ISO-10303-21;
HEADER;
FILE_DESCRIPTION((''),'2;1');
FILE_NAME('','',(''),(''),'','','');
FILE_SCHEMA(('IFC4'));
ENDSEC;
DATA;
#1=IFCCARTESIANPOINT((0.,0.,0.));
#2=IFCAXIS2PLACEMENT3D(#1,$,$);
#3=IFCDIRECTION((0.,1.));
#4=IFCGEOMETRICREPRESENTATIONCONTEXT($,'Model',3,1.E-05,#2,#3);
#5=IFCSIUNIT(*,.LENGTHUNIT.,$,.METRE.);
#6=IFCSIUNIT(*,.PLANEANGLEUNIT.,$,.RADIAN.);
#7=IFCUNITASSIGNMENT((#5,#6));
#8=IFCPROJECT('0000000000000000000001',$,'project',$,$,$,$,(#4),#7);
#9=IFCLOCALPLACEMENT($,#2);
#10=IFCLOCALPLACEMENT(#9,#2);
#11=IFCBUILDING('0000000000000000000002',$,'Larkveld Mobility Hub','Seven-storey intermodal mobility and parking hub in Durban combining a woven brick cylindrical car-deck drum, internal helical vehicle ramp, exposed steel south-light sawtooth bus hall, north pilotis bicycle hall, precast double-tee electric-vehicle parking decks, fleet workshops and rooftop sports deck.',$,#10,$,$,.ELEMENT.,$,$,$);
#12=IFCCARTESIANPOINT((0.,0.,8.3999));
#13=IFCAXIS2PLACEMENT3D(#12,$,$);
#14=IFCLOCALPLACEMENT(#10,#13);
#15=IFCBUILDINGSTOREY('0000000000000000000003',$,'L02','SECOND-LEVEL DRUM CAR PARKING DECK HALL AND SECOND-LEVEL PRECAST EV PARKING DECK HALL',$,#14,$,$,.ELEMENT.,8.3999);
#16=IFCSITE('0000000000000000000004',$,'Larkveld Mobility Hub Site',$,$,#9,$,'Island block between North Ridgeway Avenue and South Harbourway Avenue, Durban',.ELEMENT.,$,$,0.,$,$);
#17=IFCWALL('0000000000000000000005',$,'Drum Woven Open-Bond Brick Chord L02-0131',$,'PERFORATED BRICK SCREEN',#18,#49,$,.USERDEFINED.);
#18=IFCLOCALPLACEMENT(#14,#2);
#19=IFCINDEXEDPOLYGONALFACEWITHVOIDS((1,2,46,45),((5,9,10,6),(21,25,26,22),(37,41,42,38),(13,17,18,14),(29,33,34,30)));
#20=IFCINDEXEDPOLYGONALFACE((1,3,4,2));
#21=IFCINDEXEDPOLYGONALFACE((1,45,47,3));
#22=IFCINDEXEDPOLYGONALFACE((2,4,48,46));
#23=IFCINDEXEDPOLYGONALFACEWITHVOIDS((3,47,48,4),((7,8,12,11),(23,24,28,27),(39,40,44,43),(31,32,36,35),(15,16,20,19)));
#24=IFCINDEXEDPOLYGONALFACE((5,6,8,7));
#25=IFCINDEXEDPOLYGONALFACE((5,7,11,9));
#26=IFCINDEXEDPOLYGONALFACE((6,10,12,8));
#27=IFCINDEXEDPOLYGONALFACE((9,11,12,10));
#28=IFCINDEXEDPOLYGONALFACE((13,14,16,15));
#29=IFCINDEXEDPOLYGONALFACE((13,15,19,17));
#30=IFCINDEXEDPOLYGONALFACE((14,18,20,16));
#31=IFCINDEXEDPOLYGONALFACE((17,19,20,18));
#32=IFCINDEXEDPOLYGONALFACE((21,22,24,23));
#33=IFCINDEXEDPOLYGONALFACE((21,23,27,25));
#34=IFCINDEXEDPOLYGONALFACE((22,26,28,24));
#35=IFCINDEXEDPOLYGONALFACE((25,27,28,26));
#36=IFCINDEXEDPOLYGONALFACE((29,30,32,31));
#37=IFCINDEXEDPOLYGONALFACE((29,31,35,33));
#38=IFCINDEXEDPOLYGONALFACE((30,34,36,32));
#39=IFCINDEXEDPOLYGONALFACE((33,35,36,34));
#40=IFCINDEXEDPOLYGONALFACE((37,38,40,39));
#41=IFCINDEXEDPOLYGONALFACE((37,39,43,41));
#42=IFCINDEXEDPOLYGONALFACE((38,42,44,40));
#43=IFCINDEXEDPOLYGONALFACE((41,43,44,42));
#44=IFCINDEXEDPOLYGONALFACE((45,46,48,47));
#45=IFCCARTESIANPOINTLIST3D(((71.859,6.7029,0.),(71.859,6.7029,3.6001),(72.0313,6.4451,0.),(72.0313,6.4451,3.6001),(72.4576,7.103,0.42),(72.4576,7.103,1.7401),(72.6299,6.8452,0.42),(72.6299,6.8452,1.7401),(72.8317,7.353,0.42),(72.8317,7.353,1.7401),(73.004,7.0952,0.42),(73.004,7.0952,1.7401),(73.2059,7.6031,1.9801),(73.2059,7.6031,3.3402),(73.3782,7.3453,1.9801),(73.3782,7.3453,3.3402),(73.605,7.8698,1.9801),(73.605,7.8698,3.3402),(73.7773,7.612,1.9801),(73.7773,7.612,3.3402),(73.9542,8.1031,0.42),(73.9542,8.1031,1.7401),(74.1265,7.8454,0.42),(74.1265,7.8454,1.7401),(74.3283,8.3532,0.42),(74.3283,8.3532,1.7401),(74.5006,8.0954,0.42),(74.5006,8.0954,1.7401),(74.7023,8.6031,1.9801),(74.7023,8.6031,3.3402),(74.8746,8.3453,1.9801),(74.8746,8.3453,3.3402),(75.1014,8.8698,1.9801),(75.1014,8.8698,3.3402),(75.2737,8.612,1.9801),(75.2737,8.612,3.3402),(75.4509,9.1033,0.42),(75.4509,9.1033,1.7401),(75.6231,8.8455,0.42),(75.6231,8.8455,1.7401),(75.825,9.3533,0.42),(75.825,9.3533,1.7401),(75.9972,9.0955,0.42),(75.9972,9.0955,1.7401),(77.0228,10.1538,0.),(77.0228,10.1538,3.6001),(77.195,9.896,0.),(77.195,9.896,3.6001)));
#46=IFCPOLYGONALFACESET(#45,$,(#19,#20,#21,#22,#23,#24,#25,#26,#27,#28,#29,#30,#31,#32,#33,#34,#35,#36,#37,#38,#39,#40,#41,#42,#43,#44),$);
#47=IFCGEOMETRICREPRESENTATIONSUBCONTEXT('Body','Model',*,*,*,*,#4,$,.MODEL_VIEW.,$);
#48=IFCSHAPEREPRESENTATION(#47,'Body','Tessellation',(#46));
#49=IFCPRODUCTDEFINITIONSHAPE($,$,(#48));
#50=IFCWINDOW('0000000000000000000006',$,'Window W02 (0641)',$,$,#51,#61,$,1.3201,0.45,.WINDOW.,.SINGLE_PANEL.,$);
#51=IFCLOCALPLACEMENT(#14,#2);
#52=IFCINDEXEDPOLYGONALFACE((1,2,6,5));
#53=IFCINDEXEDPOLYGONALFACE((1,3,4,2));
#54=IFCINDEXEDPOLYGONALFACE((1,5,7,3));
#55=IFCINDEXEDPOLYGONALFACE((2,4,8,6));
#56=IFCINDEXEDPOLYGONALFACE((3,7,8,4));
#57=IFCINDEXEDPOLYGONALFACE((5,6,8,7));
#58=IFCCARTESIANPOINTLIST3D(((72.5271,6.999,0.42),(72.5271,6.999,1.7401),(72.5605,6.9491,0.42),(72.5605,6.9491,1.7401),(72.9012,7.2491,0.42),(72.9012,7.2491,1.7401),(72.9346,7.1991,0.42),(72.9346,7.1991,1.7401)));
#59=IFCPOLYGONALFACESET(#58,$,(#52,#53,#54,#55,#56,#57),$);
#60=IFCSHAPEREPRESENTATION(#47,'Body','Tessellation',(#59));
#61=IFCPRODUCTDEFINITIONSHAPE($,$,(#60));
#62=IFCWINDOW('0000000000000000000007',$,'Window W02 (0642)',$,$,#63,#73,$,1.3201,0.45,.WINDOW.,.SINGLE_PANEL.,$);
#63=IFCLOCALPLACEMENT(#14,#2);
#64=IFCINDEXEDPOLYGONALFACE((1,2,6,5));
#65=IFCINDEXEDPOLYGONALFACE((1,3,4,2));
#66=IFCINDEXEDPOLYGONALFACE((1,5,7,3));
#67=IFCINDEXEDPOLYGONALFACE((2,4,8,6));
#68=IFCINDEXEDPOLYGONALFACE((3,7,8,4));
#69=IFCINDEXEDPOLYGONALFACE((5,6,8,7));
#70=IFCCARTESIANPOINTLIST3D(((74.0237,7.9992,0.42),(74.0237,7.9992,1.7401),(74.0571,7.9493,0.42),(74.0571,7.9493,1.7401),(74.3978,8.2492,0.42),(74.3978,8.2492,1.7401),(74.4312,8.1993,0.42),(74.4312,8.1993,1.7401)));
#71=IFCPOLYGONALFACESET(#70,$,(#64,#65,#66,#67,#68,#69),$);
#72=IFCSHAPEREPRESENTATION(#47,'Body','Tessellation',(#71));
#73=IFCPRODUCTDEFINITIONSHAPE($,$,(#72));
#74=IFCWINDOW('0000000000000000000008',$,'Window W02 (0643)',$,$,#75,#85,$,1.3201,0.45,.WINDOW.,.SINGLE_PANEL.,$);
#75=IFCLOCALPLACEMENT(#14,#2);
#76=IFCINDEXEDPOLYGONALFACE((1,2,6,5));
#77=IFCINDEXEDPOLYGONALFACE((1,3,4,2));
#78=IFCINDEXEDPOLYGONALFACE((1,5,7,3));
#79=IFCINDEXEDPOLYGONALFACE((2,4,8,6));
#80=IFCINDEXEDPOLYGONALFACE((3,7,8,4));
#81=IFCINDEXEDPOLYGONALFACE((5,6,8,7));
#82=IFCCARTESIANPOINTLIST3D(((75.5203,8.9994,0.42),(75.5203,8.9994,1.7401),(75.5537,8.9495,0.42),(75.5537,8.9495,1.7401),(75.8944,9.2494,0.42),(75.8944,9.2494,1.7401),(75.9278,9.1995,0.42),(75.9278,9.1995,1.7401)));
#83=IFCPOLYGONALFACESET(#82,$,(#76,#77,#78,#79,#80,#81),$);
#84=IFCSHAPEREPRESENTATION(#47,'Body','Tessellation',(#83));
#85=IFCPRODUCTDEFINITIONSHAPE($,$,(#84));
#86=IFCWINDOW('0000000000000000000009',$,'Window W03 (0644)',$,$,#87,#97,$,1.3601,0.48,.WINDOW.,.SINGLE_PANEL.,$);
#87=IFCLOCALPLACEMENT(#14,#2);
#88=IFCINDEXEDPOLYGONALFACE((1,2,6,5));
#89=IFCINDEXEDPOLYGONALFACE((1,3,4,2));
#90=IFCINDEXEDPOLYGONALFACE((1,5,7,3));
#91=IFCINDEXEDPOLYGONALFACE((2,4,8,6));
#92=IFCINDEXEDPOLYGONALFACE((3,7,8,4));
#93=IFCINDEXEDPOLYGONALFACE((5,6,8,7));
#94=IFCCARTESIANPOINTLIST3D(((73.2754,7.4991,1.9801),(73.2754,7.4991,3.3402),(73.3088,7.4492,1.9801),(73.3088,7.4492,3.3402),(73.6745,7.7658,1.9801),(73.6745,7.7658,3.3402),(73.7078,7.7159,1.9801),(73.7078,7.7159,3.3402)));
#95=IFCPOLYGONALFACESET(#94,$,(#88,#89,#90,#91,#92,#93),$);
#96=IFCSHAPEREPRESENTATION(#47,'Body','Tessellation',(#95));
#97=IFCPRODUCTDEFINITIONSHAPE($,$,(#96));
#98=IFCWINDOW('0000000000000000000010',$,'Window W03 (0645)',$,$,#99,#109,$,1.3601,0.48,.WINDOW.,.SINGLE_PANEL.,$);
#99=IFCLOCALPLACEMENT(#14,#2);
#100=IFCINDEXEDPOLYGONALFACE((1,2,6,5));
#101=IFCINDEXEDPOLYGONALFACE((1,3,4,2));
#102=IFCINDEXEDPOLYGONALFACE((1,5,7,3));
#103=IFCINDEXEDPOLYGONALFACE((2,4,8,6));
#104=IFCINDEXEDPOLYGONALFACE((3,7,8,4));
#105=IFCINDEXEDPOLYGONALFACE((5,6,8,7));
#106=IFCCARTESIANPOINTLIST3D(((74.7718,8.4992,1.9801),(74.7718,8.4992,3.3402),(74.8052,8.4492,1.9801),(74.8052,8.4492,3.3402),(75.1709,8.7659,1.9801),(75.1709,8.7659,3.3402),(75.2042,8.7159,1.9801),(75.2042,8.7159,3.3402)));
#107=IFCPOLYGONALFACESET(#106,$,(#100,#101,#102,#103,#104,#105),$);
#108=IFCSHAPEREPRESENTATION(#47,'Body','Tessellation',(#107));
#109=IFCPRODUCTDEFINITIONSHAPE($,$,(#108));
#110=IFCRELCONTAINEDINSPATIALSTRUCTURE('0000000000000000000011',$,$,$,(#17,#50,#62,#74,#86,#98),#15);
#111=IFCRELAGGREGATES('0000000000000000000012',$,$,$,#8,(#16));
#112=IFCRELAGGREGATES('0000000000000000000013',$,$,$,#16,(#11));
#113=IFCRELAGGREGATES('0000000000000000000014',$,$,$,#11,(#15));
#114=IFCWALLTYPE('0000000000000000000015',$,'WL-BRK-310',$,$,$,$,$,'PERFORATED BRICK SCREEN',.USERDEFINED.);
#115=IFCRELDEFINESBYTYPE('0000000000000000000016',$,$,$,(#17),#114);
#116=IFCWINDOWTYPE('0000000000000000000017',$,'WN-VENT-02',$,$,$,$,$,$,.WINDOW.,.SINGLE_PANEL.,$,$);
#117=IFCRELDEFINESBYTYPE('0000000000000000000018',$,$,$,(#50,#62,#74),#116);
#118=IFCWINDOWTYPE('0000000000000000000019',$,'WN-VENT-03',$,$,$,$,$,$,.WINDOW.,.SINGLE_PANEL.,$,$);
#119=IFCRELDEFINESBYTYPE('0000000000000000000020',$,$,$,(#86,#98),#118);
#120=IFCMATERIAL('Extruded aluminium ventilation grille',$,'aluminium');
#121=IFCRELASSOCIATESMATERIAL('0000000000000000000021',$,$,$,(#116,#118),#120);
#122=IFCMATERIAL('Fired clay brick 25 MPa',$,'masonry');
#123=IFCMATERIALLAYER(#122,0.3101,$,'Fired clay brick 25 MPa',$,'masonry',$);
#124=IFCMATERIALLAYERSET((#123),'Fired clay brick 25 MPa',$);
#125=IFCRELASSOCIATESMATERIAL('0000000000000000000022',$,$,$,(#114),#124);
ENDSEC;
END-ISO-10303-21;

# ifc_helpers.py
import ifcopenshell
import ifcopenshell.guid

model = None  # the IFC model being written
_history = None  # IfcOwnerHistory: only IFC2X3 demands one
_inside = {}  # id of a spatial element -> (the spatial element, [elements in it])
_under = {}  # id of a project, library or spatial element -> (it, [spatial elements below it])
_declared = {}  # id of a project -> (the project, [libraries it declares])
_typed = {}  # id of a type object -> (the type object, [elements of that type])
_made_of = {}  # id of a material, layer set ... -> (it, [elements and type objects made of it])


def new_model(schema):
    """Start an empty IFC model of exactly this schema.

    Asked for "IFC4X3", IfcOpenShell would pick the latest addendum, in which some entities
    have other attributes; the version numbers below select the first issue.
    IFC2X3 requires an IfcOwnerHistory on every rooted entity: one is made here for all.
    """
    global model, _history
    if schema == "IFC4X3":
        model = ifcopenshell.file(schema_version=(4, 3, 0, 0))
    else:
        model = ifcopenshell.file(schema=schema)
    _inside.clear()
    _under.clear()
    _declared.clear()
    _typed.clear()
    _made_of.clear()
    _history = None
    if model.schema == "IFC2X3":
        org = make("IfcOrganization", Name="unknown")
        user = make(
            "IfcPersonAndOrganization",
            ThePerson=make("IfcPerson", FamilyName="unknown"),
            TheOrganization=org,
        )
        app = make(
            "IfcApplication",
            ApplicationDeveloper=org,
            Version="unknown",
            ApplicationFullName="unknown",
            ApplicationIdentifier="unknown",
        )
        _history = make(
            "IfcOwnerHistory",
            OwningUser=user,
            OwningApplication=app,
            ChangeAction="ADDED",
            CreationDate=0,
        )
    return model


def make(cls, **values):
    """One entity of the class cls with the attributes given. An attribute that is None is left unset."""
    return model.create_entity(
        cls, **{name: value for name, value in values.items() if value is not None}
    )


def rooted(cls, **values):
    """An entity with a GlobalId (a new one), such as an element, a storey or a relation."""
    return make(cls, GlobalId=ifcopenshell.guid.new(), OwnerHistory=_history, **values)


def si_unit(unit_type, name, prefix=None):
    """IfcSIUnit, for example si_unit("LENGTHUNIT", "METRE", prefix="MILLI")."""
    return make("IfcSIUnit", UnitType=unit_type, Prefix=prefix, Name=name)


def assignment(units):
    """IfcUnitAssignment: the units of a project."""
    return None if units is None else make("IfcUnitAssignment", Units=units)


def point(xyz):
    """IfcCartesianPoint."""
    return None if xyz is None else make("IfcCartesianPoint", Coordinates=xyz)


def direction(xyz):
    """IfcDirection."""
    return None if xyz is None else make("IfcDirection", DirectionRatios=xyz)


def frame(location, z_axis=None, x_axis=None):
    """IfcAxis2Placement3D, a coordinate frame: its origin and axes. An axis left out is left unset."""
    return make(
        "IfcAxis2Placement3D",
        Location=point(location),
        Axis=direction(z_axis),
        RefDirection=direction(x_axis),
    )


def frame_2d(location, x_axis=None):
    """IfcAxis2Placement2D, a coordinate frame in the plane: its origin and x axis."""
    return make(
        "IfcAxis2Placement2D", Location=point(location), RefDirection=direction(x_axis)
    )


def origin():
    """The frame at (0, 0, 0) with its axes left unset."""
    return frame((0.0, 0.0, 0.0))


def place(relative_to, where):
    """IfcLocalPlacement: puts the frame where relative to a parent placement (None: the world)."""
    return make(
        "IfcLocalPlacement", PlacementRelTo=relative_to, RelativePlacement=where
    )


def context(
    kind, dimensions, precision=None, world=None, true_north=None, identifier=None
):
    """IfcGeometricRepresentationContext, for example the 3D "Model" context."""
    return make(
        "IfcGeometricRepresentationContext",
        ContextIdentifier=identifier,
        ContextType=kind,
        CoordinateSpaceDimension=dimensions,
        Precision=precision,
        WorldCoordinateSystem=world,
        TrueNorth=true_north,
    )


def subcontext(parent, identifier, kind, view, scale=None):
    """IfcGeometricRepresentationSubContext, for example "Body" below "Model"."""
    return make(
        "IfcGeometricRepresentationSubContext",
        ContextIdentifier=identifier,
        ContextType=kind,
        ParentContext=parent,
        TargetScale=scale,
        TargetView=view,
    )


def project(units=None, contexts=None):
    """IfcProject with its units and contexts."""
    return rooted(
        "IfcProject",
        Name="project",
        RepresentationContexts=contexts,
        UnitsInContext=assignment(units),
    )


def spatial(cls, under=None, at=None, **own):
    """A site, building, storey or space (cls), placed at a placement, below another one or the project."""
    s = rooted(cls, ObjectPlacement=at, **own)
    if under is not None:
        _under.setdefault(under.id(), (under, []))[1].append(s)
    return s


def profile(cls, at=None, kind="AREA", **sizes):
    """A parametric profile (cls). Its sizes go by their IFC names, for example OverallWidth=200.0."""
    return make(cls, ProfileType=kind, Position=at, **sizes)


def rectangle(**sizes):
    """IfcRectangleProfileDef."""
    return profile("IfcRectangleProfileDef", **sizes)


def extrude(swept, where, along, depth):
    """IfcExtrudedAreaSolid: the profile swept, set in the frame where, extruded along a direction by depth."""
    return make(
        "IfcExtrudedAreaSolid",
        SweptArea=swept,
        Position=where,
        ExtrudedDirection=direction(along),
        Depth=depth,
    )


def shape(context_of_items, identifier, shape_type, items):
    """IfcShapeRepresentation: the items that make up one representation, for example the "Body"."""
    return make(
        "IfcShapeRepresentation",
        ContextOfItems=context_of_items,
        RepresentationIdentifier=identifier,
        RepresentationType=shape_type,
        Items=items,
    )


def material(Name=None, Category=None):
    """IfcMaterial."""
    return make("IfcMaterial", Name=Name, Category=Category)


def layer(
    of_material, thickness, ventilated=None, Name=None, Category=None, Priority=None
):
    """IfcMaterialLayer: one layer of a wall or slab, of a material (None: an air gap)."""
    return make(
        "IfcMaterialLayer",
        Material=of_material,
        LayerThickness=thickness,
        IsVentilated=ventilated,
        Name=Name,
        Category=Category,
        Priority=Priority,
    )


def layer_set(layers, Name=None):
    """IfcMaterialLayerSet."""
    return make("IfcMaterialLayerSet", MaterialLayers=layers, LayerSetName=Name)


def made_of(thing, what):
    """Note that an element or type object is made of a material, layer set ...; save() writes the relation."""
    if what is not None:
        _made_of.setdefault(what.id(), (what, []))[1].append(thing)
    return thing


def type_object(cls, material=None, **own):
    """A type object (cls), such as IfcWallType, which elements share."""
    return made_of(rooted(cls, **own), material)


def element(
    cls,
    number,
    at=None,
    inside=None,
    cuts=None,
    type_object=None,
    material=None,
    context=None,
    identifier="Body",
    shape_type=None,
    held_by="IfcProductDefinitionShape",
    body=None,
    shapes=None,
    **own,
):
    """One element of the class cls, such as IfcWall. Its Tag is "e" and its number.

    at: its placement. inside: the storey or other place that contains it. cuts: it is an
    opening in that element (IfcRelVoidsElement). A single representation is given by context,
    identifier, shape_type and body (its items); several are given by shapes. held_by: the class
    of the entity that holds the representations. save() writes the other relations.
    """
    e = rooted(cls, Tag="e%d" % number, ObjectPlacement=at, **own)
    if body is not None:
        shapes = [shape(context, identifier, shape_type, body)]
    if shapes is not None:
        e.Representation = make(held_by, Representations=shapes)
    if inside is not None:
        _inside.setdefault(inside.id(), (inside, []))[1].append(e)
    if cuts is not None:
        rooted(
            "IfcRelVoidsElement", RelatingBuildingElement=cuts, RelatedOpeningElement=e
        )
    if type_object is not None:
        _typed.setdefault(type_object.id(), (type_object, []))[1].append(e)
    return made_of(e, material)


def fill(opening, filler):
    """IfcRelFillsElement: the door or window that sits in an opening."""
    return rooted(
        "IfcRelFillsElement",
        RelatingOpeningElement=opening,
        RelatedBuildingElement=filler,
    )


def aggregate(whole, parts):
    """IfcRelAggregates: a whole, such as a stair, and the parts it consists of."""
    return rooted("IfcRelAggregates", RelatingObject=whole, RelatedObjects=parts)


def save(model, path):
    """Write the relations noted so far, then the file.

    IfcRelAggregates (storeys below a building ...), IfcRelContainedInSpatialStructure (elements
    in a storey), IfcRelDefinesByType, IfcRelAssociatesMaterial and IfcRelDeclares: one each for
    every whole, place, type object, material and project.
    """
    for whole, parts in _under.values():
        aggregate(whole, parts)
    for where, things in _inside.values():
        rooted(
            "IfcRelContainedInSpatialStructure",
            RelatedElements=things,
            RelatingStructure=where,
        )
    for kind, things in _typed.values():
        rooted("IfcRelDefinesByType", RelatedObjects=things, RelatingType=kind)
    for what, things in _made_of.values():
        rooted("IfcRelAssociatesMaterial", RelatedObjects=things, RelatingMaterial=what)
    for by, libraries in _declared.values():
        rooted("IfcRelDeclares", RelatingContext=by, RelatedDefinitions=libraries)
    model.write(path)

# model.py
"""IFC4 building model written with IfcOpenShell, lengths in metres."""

from ifc_helpers import new_model, si_unit, direction, frame, frame_2d, origin, place, context, subcontext, project, spatial, rectangle, extrude, material, layer, layer_set, type_object, element, fill, save


model = new_model("IFC4")

# Units and contexts
model_context = context("Model", 3, precision=1e-05, world=origin(), true_north=direction((0.0, 1.0)))
body_context = subcontext(model_context, "Body", "Model", "MODEL_VIEW")
ifc_project = project(units=[si_unit("LENGTHUNIT", "METRE"), si_unit("PLANEANGLEUNIT", "RADIAN")], contexts=[model_context])

# Site, building, storey
site_placement = place(None, origin())
site = spatial("IfcSite", under=ifc_project, at=site_placement, Name="Larkveld Mobility Hub Site", LongName="Island block between North Ridgeway Avenue and South Harbourway Avenue, Durban", CompositionType="ELEMENT", RefElevation=0.0)
building_placement = place(site_placement, origin())
building = spatial("IfcBuilding", under=site, at=building_placement, Name="Larkveld Mobility Hub", Description="Seven-storey intermodal mobility and parking hub in Durban combining a woven brick cylindrical car-deck drum, internal helical vehicle ramp, exposed steel south-light sawtooth bus hall, north pilotis bicycle hall, precast double-tee electric-vehicle parking decks, fleet workshops and rooftop sports deck.", CompositionType="ELEMENT")
storey_placement = place(building_placement, frame((0.0, 0.0, 8.3999)))
storey = spatial("IfcBuildingStorey", under=building, at=storey_placement, Name="L02", Description="SECOND-LEVEL DRUM CAR PARKING DECK HALL AND SECOND-LEVEL PRECAST EV PARKING DECK HALL", CompositionType="ELEMENT", Elevation=8.3999)

# Wall, openings, windows
ifc_material_1 = material(Name="Fired clay brick 25 MPa", Category="masonry")
ifc_material_2 = material(Name="Extruded aluminium ventilation grille", Category="aluminium")
window_type_1 = type_object("IfcWindowType", Name="WN-VENT-02", PartitioningType="SINGLE_PANEL", PredefinedType="WINDOW", material=ifc_material_2)
ifc_layer_1 = layer(ifc_material_1, 0.3101, Name="Fired clay brick 25 MPa", Category="masonry")
ifc_layer_set_1 = layer_set([ifc_layer_1], Name="Fired clay brick 25 MPa")
wall_type_1 = type_object("IfcWallType", Name="WL-BRK-310", ElementType="PERFORATED BRICK SCREEN", PredefinedType="USERDEFINED", material=ifc_layer_set_1)
wall_1_placement = place(storey_placement, frame((71.9451, 6.574, 0.0), z_axis=(0.0, 0.0, 1.0), x_axis=(0.831427, 0.555634, 0.0)))
wall_1 = element("IfcWall", 1, at=wall_1_placement, inside=storey, type_object=wall_type_1, Name="Drum Woven Open-Bond Brick Chord L02-0131", ObjectType="PERFORATED BRICK SCREEN", PredefinedType="USERDEFINED", context=body_context, shape_type="SweptSolid", body=[
    extrude(rectangle(XDim=6.2107, YDim=0.3101, at=frame_2d((3.1055, 0.0))), origin(), (0.0, 0.0, 1.0), 3.6001),
])
opening_1_placement = place(wall_1_placement, frame((0.72, 0.0, 0.4199)))
opening_1 = element("IfcOpeningElement", 2, at=opening_1_placement, cuts=wall_1, PredefinedType="OPENING", context=body_context, shape_type="SweptSolid", body=[
    extrude(rectangle(XDim=0.45, YDim=1.3201, at=frame_2d((0.2251, 0.6602))), frame((0.0, 0.165, 0.0), z_axis=(0.0, -1.0, 0.0), x_axis=(1.0, 0.0, 0.0)), (0.0, 0.0, 1.0), 0.3301),
])
opening_2_placement = place(wall_1_placement, frame((2.52, 0.0, 0.4199)))
opening_2 = element("IfcOpeningElement", 3, at=opening_2_placement, cuts=wall_1, PredefinedType="OPENING", context=body_context, shape_type="SweptSolid", body=[
    extrude(rectangle(XDim=0.45, YDim=1.3201, at=frame_2d((0.2251, 0.6602))), frame((0.0, 0.165, 0.0), z_axis=(0.0, -1.0, 0.0), x_axis=(1.0, 0.0, 0.0)), (0.0, 0.0, 1.0), 0.3301),
])
opening_3_placement = place(wall_1_placement, frame((4.3201, 0.0, 0.4199)))
opening_3 = element("IfcOpeningElement", 4, at=opening_3_placement, cuts=wall_1, PredefinedType="OPENING", context=body_context, shape_type="SweptSolid", body=[
    extrude(rectangle(XDim=0.45, YDim=1.3201, at=frame_2d((0.2251, 0.6602))), frame((0.0, 0.165, 0.0), z_axis=(0.0, -1.0, 0.0), x_axis=(1.0, 0.0, 0.0)), (0.0, 0.0, 1.0), 0.3301),
])
opening_4_placement = place(wall_1_placement, frame((1.6201, 0.0, 1.98)))
opening_4 = element("IfcOpeningElement", 5, at=opening_4_placement, cuts=wall_1, PredefinedType="OPENING", context=body_context, shape_type="SweptSolid", body=[
    extrude(rectangle(XDim=0.48, YDim=1.3601, at=frame_2d((0.24, 0.6802))), frame((0.0, 0.165, 0.0), z_axis=(0.0, -1.0, 0.0), x_axis=(1.0, 0.0, 0.0)), (0.0, 0.0, 1.0), 0.3301),
])
opening_5_placement = place(wall_1_placement, frame((3.4199, 0.0, 1.98)))
opening_5 = element("IfcOpeningElement", 6, at=opening_5_placement, cuts=wall_1, PredefinedType="OPENING", context=body_context, shape_type="SweptSolid", body=[
    extrude(rectangle(XDim=0.48, YDim=1.3601, at=frame_2d((0.24, 0.6802))), frame((0.0, 0.165, 0.0), z_axis=(0.0, -1.0, 0.0), x_axis=(1.0, 0.0, 0.0)), (0.0, 0.0, 1.0), 0.3301),
])
window_1_placement = place(opening_1_placement, origin())
window_1 = element("IfcWindow", 7, at=window_1_placement, inside=storey, type_object=window_type_1, Name="Window W02 (0641)", OverallHeight=1.3201, OverallWidth=0.45, PartitioningType="SINGLE_PANEL", PredefinedType="WINDOW", context=body_context, shape_type="SweptSolid", body=[
    extrude(rectangle(XDim=0.45, YDim=1.3201, at=frame_2d((0.2251, 0.6602))), frame((0.0, 0.03, 0.0), z_axis=(0.0, -1.0, 0.0), x_axis=(1.0, 0.0, 0.0)), (0.0, 0.0, 1.0), 0.0601),
])
fill(opening_1, window_1)
window_2_placement = place(opening_2_placement, origin())
window_2 = element("IfcWindow", 8, at=window_2_placement, inside=storey, type_object=window_type_1, Name="Window W02 (0642)", OverallHeight=1.3201, OverallWidth=0.45, PartitioningType="SINGLE_PANEL", PredefinedType="WINDOW", context=body_context, shape_type="SweptSolid", body=[
    extrude(rectangle(XDim=0.45, YDim=1.3201, at=frame_2d((0.2251, 0.6602))), frame((0.0, 0.03, 0.0), z_axis=(0.0, -1.0, 0.0), x_axis=(1.0, 0.0, 0.0)), (0.0, 0.0, 1.0), 0.0601),
])
fill(opening_2, window_2)
window_3_placement = place(opening_3_placement, origin())
window_3 = element("IfcWindow", 9, at=window_3_placement, inside=storey, type_object=window_type_1, Name="Window W02 (0643)", OverallHeight=1.3201, OverallWidth=0.45, PartitioningType="SINGLE_PANEL", PredefinedType="WINDOW", context=body_context, shape_type="SweptSolid", body=[
    extrude(rectangle(XDim=0.45, YDim=1.3201, at=frame_2d((0.2251, 0.6602))), frame((0.0, 0.03, 0.0), z_axis=(0.0, -1.0, 0.0), x_axis=(1.0, 0.0, 0.0)), (0.0, 0.0, 1.0), 0.0601),
])
fill(opening_3, window_3)
window_type_2 = type_object("IfcWindowType", Name="WN-VENT-03", PartitioningType="SINGLE_PANEL", PredefinedType="WINDOW", material=ifc_material_2)
window_4_placement = place(opening_4_placement, origin())
window_4 = element("IfcWindow", 10, at=window_4_placement, inside=storey, type_object=window_type_2, Name="Window W03 (0644)", OverallHeight=1.3601, OverallWidth=0.48, PartitioningType="SINGLE_PANEL", PredefinedType="WINDOW", context=body_context, shape_type="SweptSolid", body=[
    extrude(rectangle(XDim=0.48, YDim=1.3601, at=frame_2d((0.24, 0.6802))), frame((0.0, 0.03, 0.0), z_axis=(0.0, -1.0, 0.0), x_axis=(1.0, 0.0, 0.0)), (0.0, 0.0, 1.0), 0.0601),
])
fill(opening_4, window_4)
window_5_placement = place(opening_5_placement, origin())
window_5 = element("IfcWindow", 11, at=window_5_placement, inside=storey, type_object=window_type_2, Name="Window W03 (0645)", OverallHeight=1.3601, OverallWidth=0.48, PartitioningType="SINGLE_PANEL", PredefinedType="WINDOW", context=body_context, shape_type="SweptSolid", body=[
    extrude(rectangle(XDim=0.48, YDim=1.3601, at=frame_2d((0.24, 0.6802))), frame((0.0, 0.03, 0.0), z_axis=(0.0, -1.0, 0.0), x_axis=(1.0, 0.0, 0.0)), (0.0, 0.0, 1.0), 0.0601),
])
fill(opening_5, window_5)

save(model, "model.ifc")
